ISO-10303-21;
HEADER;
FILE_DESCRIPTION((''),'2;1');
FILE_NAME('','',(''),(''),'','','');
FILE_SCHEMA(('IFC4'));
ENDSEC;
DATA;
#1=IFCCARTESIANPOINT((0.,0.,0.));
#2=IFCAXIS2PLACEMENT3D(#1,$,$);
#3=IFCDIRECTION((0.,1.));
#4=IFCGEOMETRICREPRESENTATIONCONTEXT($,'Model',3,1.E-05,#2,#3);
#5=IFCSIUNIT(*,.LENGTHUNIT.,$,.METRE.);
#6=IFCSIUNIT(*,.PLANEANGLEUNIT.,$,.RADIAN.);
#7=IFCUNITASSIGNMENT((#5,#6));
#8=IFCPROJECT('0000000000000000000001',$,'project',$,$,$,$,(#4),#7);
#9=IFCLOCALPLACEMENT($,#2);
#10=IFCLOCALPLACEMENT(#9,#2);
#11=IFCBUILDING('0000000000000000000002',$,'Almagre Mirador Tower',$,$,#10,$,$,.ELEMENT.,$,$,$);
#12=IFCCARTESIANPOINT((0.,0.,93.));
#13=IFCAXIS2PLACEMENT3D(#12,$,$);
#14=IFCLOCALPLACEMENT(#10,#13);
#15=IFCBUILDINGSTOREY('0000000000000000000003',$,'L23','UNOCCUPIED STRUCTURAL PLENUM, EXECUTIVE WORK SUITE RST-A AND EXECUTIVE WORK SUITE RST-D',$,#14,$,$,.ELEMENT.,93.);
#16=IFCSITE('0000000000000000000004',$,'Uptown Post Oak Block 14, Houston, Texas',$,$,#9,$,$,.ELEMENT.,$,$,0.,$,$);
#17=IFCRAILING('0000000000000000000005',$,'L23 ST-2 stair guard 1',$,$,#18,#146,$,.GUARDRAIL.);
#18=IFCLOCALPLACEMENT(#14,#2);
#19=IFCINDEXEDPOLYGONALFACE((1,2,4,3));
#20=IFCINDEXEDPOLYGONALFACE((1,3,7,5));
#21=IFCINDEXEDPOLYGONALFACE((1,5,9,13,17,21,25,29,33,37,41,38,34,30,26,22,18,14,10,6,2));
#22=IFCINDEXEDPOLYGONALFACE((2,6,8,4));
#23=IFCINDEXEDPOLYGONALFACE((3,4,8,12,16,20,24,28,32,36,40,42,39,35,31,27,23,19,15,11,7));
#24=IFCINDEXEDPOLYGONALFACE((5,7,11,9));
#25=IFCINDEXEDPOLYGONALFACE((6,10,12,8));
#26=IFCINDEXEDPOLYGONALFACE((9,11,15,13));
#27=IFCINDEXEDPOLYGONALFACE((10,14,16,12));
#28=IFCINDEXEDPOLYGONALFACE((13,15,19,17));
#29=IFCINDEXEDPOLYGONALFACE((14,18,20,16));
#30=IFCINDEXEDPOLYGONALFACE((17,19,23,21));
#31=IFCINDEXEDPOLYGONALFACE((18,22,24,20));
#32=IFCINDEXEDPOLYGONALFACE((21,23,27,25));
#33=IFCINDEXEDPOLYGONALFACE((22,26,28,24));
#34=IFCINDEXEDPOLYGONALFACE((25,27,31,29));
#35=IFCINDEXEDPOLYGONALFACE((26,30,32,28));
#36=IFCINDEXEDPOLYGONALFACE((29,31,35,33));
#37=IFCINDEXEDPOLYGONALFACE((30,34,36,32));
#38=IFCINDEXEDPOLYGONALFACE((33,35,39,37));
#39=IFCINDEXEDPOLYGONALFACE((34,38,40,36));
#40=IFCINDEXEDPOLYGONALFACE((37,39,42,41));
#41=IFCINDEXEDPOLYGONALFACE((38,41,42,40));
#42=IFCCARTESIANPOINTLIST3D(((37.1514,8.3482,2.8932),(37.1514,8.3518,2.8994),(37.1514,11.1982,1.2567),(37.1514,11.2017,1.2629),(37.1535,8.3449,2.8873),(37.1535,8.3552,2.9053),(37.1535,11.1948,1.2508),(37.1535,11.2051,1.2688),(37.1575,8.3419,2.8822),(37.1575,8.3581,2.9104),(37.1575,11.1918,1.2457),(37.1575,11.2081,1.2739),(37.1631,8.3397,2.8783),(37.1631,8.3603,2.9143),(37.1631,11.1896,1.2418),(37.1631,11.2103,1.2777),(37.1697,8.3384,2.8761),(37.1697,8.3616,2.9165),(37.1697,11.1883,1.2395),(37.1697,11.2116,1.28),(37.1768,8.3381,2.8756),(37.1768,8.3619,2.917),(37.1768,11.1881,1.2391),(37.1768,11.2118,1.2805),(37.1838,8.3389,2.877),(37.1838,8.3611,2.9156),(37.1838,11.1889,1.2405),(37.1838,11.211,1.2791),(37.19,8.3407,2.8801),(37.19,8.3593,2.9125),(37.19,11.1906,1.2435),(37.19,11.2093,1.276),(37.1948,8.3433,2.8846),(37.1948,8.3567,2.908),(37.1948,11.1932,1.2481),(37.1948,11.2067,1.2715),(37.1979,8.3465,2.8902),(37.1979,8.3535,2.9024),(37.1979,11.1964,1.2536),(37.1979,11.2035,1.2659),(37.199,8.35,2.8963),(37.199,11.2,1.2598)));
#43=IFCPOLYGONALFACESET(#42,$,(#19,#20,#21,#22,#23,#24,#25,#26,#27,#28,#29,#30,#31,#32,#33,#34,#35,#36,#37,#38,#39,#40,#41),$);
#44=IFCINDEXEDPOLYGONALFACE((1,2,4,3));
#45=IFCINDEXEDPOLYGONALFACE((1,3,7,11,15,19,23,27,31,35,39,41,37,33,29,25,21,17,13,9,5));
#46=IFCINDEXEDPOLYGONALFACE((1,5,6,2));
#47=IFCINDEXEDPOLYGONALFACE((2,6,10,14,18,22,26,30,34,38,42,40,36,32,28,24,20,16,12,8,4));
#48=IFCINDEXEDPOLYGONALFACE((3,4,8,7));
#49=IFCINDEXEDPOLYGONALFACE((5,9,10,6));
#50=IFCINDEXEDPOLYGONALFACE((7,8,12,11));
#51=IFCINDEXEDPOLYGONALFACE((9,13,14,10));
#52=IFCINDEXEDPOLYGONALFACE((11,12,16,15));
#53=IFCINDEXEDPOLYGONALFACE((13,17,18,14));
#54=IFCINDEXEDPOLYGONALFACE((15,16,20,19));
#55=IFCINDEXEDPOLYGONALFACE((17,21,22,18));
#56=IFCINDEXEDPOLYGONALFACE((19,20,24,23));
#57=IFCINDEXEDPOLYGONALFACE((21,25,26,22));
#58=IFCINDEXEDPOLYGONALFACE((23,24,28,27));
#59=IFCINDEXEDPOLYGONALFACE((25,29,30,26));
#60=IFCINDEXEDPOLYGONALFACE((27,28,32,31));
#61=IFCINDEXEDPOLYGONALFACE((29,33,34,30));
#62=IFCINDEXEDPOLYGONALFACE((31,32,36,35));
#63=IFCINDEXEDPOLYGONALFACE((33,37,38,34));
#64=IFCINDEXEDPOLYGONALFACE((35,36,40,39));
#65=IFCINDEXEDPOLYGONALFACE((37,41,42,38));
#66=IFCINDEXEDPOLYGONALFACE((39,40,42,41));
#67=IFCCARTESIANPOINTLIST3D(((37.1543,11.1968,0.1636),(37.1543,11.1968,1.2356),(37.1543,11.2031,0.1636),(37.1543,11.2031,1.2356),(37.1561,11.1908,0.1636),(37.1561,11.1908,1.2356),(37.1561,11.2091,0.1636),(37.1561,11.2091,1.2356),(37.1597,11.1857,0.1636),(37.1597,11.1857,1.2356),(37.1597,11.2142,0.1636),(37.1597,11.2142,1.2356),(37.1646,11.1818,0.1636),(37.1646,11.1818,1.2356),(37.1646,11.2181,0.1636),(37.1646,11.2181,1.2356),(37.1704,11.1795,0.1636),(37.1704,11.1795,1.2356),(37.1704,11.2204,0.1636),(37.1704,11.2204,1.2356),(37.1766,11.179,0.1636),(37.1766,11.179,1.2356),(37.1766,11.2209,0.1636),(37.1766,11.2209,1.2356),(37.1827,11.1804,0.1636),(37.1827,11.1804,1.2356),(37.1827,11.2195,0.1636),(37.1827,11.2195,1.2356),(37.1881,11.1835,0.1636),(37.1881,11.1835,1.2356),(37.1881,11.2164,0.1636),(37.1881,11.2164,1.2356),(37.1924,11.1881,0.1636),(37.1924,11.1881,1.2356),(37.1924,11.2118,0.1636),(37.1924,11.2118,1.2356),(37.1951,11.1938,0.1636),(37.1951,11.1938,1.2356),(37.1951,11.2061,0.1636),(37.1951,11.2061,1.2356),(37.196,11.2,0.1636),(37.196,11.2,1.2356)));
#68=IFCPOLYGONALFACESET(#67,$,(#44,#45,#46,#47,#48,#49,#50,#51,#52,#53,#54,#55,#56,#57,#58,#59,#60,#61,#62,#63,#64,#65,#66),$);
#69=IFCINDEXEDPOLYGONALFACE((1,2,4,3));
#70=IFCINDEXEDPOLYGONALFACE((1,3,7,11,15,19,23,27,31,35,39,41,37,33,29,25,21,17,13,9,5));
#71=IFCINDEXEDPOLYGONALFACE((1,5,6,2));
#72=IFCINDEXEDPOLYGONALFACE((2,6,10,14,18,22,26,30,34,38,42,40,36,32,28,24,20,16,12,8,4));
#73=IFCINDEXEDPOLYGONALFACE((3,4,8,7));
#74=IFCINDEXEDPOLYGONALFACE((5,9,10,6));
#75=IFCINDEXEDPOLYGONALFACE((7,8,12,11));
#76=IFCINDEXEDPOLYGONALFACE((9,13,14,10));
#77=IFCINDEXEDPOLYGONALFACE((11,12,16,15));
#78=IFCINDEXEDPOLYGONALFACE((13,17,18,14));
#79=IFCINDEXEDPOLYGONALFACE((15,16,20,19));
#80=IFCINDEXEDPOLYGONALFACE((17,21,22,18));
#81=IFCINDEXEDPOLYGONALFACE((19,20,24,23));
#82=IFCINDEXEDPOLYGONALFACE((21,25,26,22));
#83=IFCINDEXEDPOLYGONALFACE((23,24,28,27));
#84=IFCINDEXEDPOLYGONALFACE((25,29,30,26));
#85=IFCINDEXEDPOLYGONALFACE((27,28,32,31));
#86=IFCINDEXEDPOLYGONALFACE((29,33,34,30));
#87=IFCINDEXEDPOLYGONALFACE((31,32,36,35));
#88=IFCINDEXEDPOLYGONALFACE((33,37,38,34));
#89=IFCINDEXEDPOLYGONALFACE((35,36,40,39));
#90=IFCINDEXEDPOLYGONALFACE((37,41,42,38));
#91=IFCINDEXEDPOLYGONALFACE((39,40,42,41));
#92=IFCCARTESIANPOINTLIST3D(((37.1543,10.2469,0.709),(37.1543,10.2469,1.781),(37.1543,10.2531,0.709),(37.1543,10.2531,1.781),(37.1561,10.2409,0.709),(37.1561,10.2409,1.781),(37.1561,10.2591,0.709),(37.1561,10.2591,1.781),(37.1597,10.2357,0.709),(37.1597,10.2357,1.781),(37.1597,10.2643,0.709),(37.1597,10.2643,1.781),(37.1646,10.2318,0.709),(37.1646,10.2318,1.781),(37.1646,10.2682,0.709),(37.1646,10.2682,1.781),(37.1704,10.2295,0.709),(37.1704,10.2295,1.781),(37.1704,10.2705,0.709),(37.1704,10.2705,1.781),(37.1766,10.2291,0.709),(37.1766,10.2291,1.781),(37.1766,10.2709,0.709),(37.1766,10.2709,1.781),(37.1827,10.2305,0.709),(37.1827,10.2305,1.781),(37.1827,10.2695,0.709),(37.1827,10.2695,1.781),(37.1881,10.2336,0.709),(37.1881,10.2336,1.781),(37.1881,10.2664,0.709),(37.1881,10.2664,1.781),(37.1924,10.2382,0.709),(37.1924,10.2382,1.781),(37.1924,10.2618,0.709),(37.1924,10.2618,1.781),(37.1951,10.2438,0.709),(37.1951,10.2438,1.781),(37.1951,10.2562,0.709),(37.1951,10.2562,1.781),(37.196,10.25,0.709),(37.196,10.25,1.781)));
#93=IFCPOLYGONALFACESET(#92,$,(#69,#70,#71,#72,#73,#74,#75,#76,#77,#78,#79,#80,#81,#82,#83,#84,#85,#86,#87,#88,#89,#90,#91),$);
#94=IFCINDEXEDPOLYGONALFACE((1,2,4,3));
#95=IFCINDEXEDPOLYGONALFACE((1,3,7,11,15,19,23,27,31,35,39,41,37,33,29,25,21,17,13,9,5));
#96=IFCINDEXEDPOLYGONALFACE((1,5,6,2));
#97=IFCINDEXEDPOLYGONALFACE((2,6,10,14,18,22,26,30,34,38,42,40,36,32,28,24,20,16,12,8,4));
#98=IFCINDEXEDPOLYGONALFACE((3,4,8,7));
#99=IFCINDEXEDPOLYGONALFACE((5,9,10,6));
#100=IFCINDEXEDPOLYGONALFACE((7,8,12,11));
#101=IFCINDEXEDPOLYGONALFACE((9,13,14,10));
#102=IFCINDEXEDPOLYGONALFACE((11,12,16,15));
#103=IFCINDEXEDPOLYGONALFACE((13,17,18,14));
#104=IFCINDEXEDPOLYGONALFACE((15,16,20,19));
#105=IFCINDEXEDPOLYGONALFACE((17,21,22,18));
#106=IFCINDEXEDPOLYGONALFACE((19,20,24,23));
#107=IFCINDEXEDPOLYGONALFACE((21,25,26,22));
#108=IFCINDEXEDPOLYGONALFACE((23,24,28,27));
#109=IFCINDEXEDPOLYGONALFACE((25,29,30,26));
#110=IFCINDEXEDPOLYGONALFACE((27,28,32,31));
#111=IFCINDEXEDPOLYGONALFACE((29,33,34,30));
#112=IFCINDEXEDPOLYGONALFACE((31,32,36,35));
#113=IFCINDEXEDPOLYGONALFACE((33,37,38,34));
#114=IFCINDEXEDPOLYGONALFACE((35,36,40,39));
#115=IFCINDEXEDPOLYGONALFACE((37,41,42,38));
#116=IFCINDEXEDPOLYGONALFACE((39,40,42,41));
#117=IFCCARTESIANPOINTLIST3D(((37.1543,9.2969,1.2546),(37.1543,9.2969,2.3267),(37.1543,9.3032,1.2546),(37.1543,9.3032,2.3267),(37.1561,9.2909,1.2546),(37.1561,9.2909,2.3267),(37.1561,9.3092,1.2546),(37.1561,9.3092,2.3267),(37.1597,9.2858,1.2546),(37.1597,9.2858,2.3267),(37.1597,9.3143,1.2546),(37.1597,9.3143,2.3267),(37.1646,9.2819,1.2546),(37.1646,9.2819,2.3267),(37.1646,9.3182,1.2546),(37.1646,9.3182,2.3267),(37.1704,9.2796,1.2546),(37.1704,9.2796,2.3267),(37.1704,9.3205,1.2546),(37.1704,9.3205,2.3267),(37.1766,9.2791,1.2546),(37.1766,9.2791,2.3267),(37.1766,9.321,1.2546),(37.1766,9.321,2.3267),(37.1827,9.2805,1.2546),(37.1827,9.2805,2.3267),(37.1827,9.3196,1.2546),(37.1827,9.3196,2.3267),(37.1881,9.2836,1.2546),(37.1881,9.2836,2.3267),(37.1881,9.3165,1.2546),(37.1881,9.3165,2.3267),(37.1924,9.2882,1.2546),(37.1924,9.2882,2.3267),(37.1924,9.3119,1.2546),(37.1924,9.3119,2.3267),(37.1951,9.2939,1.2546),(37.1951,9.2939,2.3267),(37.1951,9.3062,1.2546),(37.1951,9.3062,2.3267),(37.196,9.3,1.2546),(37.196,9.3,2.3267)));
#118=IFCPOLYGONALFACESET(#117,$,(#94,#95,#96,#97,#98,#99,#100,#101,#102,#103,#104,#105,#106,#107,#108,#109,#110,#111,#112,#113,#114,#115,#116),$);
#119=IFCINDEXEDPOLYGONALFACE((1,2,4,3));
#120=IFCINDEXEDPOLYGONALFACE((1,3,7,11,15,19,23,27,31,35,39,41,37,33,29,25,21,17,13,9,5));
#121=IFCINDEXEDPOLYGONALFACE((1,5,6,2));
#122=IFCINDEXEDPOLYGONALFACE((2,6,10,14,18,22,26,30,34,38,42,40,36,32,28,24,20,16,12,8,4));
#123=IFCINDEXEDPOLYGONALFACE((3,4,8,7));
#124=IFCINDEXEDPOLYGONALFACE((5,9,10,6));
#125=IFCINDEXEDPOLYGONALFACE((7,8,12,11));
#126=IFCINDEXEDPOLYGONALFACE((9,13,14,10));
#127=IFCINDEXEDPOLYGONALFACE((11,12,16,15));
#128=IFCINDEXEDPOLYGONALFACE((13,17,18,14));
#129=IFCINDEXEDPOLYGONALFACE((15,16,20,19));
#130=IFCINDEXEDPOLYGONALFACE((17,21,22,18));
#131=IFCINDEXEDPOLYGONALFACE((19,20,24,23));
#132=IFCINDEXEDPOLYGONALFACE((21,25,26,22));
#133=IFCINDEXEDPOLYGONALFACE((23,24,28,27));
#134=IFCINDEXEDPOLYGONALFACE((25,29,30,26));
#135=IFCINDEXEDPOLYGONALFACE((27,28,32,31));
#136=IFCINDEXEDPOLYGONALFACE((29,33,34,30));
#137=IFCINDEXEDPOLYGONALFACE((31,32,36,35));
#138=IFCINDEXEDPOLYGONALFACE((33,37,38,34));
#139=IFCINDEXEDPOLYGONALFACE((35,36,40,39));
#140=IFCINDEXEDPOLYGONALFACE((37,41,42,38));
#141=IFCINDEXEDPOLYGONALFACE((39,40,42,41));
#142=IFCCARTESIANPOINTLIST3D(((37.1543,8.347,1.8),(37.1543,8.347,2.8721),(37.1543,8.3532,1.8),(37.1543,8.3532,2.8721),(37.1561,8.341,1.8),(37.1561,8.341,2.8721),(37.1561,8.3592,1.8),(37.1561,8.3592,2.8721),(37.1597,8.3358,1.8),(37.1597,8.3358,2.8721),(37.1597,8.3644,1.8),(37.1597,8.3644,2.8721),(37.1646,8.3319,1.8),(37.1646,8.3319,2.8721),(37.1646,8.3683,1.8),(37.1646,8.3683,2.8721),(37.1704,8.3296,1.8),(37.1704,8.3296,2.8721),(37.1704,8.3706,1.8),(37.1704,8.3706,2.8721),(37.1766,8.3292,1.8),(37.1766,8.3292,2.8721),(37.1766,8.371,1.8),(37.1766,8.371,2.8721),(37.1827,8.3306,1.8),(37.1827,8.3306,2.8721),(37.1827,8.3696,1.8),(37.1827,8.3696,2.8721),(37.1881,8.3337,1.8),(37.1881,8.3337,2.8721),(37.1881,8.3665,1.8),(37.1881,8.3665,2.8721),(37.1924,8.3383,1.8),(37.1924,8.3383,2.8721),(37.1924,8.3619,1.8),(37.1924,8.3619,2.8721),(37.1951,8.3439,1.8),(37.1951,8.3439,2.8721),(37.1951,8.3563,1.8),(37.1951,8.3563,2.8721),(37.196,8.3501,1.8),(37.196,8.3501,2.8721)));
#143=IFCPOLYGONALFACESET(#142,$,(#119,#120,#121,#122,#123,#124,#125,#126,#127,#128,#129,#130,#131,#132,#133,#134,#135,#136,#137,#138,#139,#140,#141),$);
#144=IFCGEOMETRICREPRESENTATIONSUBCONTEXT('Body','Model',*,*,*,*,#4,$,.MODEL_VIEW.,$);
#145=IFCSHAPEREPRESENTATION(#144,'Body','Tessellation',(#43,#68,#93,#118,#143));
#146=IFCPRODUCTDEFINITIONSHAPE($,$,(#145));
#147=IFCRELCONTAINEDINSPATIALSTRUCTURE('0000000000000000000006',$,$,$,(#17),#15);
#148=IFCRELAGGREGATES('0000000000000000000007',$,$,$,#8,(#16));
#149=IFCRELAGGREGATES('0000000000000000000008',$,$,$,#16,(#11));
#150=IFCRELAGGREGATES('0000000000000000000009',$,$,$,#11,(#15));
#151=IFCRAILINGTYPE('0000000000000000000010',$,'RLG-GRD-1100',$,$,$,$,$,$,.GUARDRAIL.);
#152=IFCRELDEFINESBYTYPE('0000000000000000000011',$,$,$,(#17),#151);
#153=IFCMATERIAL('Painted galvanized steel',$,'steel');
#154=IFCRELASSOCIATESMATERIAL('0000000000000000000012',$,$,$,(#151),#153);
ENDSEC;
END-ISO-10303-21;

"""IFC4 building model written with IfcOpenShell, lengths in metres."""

from ifc_helpers import new_model, si_unit, direction, frame, origin, origin_2d, place, context, subcontext, project, spatial, circle, extrude, material, type_object, element, save


model = new_model("IFC4")

# Units and contexts
model_context = context("Model", 3, precision=1e-05, world=origin(), true_north=direction((0.0, 1.0)))
body_context = subcontext(model_context, "Body", "Model", "MODEL_VIEW")
ifc_project = project(units=[si_unit("LENGTHUNIT", "METRE"), si_unit("PLANEANGLEUNIT", "RADIAN")], contexts=[model_context])

# Site, building, storey
site_placement = place(None, origin())
site = spatial("IfcSite", under=ifc_project, at=site_placement, Name="Uptown Post Oak Block 14, Houston, Texas", CompositionType="ELEMENT", RefElevation=0.0)
building_placement = place(site_placement, origin())
building = spatial("IfcBuilding", under=site, at=building_placement, Name="Almagre Mirador Tower", CompositionType="ELEMENT")
storey_placement = place(building_placement, frame((0.0, 0.0, 93.0)))
storey = spatial("IfcBuildingStorey", under=building, at=storey_placement, Name="L23", Description="UNOCCUPIED STRUCTURAL PLENUM, EXECUTIVE WORK SUITE RST-A AND EXECUTIVE WORK SUITE RST-D", CompositionType="ELEMENT", Elevation=93.0)

# Railing
ifc_material_1 = material(Name="Painted galvanized steel", Category="steel")
railing_type_1 = type_object("IfcRailingType", Name="RLG-GRD-1100", PredefinedType="GUARDRAIL", material=ifc_material_1)
railing_1_placement = place(storey_placement, frame((37.175, 11.2, 0.1636)))
element("IfcRailing", 1, at=railing_1_placement, inside=storey, type_object=railing_type_1, Name="L23 ST-2 stair guard 1", PredefinedType="GUARDRAIL", context=body_context, shape_type="SweptSolid", body=[
    extrude(circle(Radius=0.0239, at=origin_2d()), frame((0.0, 0.0, 1.0962), z_axis=(0.0, -0.867194, 0.49797), x_axis=(1.0, 0.0, 0.0)), (0.0, 0.0, 1.0), 3.2864),
    extrude(circle(Radius=0.021, at=origin_2d()), origin(), (0.0, 0.0, 1.0), 1.072),
    extrude(circle(Radius=0.021, at=origin_2d()), frame((0.0, -0.95, 0.5454)), (0.0, 0.0, 1.0), 1.072),
    extrude(circle(Radius=0.021, at=origin_2d()), frame((0.0, -1.8999, 1.0911)), (0.0, 0.0, 1.0), 1.072),
    extrude(circle(Radius=0.021, at=origin_2d()), frame((0.0, -2.8499, 1.6365)), (0.0, 0.0, 1.0), 1.072),
])

save(model, "model.ifc")
